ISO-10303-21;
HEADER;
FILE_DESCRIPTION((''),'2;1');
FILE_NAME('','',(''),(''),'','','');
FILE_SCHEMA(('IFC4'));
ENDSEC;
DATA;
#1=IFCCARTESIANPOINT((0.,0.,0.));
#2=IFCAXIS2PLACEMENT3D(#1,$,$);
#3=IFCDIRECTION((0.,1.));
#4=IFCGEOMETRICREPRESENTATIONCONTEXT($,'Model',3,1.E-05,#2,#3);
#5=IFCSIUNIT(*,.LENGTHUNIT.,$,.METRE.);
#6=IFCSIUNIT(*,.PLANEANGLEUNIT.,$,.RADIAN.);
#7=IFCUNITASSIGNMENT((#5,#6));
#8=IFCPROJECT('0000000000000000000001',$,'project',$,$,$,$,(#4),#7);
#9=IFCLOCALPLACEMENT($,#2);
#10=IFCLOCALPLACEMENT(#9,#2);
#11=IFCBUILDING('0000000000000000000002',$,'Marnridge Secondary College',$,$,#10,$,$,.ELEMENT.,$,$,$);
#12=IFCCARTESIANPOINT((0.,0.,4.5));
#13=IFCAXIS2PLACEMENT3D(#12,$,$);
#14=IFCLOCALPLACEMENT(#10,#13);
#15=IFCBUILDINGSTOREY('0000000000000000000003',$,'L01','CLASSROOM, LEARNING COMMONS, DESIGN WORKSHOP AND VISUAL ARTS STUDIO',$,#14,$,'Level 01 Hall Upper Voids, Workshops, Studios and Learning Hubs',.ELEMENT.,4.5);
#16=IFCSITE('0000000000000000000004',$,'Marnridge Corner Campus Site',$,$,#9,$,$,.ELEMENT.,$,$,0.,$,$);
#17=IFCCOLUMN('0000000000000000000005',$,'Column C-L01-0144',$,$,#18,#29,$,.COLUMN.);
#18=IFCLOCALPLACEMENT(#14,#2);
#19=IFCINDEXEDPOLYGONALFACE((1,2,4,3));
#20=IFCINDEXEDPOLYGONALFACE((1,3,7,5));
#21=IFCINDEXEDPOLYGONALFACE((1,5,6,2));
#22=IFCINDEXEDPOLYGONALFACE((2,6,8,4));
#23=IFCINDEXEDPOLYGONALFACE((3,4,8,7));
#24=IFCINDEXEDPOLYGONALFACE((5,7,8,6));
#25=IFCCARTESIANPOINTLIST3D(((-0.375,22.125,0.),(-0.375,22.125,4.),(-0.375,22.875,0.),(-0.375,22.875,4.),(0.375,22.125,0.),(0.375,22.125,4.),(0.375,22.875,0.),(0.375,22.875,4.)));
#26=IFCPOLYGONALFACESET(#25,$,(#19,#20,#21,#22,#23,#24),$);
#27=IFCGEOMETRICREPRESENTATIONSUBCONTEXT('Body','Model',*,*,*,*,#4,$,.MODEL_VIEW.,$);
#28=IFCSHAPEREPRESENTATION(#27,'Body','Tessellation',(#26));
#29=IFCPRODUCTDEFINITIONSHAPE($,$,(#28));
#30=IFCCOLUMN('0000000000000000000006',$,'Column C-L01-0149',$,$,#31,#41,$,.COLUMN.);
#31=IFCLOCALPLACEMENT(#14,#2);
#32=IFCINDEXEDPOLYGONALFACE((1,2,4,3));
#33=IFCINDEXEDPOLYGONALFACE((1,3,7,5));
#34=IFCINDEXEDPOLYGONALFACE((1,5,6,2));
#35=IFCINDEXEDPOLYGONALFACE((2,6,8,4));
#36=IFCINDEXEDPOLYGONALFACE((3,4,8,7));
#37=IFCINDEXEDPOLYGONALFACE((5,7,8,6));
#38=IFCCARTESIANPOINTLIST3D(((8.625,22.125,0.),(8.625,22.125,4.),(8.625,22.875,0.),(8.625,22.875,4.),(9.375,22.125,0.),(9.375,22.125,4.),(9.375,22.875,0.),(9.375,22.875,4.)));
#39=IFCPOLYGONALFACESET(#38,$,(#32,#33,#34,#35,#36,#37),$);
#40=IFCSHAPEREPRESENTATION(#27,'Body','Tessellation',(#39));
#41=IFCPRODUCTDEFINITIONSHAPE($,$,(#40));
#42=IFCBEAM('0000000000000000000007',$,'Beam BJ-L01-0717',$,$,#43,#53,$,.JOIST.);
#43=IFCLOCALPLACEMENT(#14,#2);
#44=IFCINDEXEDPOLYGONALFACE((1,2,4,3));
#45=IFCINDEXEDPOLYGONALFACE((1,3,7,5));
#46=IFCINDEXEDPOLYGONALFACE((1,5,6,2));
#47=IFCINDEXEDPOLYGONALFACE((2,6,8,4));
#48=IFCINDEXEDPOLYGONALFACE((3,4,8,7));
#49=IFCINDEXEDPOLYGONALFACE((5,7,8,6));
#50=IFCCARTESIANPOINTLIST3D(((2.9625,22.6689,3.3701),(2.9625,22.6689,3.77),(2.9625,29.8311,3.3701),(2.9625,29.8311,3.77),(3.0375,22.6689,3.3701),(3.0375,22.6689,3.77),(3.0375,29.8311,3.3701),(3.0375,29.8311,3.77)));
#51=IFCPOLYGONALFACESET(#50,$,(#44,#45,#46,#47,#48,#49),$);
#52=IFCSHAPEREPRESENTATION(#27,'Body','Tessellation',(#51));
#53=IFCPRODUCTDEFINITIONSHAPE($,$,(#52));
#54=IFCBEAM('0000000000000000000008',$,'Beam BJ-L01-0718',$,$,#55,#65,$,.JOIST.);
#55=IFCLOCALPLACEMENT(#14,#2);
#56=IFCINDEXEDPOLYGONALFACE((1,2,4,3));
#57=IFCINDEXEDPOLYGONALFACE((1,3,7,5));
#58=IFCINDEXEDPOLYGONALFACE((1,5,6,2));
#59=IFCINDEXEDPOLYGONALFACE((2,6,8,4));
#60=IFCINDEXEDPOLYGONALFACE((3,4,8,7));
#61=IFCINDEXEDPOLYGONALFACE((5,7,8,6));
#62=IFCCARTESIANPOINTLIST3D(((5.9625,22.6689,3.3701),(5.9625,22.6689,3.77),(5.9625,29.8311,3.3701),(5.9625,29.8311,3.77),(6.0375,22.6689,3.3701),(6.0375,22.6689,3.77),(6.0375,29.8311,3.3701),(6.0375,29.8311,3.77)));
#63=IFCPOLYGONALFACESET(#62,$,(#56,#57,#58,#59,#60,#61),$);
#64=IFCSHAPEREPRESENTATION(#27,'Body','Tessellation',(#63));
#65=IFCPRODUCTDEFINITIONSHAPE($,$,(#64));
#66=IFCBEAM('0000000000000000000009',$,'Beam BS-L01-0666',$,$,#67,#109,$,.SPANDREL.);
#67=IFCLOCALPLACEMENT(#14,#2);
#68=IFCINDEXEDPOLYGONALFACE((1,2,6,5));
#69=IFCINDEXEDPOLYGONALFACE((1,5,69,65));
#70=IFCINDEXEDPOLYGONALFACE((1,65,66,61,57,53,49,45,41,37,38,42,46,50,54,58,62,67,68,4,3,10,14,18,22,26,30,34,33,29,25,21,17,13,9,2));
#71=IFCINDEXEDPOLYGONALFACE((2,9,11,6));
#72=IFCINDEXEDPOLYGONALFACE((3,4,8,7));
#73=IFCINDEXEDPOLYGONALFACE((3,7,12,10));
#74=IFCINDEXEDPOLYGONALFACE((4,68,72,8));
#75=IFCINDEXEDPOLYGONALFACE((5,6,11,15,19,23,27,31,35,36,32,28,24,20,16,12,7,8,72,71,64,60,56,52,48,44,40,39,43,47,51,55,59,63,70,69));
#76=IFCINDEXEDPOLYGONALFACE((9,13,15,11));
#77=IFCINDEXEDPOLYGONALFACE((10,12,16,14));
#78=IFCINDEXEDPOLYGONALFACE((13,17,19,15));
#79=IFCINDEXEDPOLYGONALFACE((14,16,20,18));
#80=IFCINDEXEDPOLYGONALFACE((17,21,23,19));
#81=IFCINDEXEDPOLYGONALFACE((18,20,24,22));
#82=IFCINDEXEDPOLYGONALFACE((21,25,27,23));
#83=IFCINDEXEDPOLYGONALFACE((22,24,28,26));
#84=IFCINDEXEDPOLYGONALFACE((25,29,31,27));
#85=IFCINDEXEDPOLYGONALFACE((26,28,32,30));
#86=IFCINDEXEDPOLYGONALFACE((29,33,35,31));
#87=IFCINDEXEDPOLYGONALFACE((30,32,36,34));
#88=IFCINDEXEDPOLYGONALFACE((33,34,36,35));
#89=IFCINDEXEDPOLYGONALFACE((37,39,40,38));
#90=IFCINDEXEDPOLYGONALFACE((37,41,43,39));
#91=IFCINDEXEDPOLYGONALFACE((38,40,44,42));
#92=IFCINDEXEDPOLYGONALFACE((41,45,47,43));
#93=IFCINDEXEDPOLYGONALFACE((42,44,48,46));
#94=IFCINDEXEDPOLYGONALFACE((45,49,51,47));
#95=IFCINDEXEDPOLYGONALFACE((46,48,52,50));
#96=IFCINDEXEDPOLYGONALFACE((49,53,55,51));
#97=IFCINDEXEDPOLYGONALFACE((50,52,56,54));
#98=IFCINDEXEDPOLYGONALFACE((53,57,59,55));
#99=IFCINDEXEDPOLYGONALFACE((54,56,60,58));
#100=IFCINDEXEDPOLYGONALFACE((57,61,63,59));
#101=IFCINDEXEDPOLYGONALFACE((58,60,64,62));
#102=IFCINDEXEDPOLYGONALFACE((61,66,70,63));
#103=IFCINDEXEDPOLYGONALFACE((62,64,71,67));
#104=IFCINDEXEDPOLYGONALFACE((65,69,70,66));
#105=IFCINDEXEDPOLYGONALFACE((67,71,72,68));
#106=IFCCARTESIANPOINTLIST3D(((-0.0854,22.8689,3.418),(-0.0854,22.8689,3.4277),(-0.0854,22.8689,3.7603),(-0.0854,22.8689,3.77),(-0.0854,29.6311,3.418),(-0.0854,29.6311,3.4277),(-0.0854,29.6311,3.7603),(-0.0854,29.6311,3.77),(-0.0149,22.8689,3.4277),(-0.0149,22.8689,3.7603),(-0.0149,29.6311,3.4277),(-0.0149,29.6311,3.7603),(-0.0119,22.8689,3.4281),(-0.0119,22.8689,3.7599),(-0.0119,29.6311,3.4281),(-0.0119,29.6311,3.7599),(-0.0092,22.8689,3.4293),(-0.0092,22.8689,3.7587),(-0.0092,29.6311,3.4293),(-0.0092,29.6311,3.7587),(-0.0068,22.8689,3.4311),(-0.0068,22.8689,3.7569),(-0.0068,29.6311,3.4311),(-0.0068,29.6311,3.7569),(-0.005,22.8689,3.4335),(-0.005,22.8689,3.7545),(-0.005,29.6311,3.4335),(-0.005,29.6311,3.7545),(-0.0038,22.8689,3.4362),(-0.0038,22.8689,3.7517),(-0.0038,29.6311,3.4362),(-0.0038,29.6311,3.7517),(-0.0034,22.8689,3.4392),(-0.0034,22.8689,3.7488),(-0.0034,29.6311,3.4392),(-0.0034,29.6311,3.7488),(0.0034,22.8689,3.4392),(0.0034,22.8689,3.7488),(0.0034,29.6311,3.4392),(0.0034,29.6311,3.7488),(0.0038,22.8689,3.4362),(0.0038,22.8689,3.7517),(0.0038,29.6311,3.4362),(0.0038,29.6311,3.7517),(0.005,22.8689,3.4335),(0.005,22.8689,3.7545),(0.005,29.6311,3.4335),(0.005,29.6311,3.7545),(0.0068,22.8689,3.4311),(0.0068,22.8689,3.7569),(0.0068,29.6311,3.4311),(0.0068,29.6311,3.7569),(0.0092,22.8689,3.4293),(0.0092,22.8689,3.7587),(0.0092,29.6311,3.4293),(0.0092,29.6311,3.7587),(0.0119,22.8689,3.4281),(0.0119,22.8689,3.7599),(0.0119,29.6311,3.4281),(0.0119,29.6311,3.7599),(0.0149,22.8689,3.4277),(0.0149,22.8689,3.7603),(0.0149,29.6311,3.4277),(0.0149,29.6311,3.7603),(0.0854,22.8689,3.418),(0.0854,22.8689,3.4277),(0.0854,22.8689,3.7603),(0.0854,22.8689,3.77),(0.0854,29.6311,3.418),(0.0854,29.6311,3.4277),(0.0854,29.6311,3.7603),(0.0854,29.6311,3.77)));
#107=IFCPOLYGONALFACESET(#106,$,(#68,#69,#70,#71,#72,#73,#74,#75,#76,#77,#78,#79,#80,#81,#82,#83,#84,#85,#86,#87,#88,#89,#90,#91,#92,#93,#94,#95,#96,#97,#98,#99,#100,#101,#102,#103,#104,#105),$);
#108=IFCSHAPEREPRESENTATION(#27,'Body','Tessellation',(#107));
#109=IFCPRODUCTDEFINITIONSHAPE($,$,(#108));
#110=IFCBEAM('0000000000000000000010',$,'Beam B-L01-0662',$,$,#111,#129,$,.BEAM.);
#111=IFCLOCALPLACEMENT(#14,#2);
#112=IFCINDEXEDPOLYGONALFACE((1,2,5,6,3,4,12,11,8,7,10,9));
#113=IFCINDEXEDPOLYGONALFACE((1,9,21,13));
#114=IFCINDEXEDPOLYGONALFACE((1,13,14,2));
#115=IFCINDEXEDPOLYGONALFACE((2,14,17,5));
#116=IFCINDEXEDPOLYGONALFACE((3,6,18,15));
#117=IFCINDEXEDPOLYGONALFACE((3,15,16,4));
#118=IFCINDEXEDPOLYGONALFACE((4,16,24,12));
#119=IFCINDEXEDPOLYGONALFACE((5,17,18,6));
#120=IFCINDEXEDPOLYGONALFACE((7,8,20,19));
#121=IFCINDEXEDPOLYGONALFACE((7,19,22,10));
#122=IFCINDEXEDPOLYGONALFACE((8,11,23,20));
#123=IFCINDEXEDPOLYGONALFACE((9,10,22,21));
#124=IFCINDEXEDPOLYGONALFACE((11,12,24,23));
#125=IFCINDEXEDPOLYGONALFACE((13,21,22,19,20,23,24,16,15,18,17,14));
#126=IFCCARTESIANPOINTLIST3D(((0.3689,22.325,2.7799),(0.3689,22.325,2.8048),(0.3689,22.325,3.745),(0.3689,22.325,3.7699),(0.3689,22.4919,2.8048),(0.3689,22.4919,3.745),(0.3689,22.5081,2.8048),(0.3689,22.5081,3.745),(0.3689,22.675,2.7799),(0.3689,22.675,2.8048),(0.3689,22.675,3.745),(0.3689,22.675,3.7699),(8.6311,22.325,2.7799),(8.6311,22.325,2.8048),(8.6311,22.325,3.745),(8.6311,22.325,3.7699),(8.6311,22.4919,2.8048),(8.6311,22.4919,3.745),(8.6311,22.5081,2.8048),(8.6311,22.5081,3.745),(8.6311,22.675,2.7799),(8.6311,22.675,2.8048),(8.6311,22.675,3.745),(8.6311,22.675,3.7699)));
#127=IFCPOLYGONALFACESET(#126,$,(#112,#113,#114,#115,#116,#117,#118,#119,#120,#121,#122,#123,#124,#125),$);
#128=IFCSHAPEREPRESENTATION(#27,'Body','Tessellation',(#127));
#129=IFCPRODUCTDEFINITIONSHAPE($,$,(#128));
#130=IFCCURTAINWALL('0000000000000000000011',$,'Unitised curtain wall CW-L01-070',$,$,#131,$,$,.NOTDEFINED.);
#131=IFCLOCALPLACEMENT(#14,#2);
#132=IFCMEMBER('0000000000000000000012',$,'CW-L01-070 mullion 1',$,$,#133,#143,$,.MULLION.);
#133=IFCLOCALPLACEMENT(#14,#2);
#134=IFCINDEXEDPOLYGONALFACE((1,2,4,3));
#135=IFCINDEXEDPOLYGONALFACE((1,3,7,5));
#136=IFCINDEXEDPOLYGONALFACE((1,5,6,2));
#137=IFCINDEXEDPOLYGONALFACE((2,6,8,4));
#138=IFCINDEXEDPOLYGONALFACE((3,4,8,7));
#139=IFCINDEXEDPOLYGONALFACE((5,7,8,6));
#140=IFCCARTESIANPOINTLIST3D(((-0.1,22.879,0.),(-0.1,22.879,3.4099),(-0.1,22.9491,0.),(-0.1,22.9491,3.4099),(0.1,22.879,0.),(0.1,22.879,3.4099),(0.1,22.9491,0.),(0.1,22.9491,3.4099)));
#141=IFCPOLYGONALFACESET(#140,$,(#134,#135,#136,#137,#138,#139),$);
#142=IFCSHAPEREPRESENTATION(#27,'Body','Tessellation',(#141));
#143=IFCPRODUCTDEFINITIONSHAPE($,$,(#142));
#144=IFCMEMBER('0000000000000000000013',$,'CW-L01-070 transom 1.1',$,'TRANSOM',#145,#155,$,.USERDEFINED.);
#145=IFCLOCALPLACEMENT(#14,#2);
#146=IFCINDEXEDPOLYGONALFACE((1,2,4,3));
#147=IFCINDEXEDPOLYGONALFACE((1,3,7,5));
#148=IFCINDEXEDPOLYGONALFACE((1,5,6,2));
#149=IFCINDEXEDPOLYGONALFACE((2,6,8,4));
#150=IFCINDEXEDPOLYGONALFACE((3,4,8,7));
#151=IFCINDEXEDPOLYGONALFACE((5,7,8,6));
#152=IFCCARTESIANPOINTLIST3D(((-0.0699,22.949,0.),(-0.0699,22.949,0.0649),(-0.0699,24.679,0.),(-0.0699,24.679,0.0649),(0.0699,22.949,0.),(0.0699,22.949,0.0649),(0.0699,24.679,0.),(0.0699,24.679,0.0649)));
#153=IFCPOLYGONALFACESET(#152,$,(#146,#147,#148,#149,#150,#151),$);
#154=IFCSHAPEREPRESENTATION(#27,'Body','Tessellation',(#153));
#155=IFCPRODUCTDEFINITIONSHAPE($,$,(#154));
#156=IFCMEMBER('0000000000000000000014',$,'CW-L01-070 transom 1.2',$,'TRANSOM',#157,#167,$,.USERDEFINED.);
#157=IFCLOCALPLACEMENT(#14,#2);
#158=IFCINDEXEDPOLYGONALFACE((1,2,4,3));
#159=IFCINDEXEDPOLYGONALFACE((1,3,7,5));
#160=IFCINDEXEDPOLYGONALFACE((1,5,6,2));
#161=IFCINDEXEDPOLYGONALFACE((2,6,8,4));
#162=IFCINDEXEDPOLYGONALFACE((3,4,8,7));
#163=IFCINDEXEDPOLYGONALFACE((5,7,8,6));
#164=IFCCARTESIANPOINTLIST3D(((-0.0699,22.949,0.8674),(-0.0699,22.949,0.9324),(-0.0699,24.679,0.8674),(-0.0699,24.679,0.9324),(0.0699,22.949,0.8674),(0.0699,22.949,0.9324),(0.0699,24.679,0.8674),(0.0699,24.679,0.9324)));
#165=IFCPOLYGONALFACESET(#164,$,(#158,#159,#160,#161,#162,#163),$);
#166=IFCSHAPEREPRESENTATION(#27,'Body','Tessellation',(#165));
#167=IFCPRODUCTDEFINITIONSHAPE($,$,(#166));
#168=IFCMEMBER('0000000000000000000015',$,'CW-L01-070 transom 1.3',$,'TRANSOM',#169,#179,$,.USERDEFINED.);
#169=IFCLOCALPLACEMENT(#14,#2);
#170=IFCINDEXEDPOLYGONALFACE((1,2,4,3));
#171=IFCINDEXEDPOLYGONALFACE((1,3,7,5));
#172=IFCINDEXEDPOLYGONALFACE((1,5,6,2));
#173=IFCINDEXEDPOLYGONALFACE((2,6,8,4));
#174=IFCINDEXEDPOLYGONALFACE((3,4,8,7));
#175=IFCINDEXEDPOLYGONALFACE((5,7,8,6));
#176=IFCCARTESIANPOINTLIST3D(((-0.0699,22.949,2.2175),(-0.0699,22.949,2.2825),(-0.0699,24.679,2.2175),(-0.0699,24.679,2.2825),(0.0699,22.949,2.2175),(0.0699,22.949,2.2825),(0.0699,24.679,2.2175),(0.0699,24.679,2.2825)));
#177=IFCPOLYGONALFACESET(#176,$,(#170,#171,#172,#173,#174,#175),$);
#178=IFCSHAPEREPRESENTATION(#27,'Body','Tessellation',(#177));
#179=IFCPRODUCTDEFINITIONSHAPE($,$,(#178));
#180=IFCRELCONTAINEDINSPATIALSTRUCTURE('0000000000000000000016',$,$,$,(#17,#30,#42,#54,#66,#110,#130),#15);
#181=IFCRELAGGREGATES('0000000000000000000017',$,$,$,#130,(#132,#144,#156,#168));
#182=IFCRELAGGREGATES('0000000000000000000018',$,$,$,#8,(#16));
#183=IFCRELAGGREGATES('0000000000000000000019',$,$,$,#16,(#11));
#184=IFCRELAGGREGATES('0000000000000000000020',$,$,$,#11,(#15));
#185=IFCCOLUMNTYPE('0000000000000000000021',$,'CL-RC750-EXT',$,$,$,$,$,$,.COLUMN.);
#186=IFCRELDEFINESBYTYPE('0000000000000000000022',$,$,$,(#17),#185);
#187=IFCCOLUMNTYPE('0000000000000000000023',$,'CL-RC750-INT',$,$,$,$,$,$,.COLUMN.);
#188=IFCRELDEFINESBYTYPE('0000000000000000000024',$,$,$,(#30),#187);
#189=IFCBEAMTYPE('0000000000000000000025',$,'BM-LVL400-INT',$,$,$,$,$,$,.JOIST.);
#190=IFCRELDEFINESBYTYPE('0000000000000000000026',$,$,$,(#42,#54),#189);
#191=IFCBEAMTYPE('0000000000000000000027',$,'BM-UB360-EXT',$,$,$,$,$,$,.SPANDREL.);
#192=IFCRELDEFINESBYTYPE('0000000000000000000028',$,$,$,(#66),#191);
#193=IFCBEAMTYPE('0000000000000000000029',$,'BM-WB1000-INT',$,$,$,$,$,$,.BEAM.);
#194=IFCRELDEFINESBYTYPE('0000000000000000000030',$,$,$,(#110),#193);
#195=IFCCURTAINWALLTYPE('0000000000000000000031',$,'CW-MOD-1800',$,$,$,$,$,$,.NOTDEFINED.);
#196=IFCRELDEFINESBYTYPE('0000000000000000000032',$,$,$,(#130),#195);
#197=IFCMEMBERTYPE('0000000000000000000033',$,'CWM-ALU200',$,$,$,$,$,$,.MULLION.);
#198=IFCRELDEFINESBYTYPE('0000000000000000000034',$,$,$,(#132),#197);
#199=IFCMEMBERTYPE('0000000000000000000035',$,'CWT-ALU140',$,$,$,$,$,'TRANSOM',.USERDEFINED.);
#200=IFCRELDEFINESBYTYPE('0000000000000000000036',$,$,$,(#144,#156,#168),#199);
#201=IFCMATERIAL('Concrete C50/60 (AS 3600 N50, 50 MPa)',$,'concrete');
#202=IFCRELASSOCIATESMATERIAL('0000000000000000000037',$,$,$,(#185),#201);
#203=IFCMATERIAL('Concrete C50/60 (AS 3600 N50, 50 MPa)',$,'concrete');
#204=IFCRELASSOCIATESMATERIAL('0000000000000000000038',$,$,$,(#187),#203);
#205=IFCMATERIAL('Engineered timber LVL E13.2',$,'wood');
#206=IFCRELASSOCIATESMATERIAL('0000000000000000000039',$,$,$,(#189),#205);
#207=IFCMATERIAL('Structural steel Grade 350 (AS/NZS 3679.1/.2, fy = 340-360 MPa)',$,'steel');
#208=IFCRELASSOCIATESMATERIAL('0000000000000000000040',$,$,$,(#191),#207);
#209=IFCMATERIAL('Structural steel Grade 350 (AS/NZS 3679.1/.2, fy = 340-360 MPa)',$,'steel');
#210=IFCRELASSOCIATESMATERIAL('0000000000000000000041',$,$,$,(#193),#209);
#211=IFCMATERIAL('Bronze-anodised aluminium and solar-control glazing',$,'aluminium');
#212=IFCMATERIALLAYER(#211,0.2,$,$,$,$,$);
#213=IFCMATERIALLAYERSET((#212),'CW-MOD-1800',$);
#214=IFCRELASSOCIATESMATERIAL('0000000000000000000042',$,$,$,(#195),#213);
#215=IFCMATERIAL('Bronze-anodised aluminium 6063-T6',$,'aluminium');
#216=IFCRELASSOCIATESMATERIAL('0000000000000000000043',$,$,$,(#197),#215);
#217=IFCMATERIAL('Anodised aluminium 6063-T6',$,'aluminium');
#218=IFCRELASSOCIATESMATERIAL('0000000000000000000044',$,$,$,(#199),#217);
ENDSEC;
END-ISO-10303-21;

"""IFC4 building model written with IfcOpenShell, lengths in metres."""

from ifc_helpers import new_model, si_unit, direction, frame, origin, origin_2d, place, context, subcontext, project, spatial, rectangle, i_section, extrude, material, layer, layer_set, material_profile, profile_set, type_object, element, aggregate, save


model = new_model("IFC4")

# Units and contexts
model_context = context("Model", 3, precision=1e-05, world=origin(), true_north=direction((0.0, 1.0)))
body_context = subcontext(model_context, "Body", "Model", "MODEL_VIEW")
ifc_project = project(units=[si_unit("LENGTHUNIT", "METRE"), si_unit("PLANEANGLEUNIT", "RADIAN")], contexts=[model_context])

# Site, building, storey
site_placement = place(None, origin())
site = spatial("IfcSite", under=ifc_project, at=site_placement, Name="Marnridge Corner Campus Site", CompositionType="ELEMENT", RefElevation=0.0)
building_placement = place(site_placement, origin())
building = spatial("IfcBuilding", under=site, at=building_placement, Name="Marnridge Secondary College", CompositionType="ELEMENT")
storey_placement = place(building_placement, frame((0.0, 0.0, 4.5)))
storey = spatial("IfcBuildingStorey", under=building, at=storey_placement, Name="L01", Description="CLASSROOM, LEARNING COMMONS, DESIGN WORKSHOP AND VISUAL ARTS STUDIO", LongName="Level 01 Hall Upper Voids, Workshops, Studios and Learning Hubs", CompositionType="ELEMENT", Elevation=4.5)

# Columns
ifc_material_1 = material(Name="Concrete C50/60 (AS 3600 N50, 50 MPa)", Category="concrete")
ifc_material_profile_1 = material_profile(ifc_material_1, rectangle(XDim=0.75, YDim=0.75, at=origin_2d()), Name="RC 750x750")
ifc_profile_set_1 = profile_set([ifc_material_profile_1], Name="Concrete C50/60 (AS 3600 N50, 50 MPa)")
column_type_1 = type_object("IfcColumnType", Name="CL-RC750-EXT", PredefinedType="COLUMN", material=ifc_profile_set_1)
column_1_placement = place(storey_placement, frame((0.0, 22.5, 0.0), z_axis=(0.0, 0.0, 1.0), x_axis=(1.0, 0.0, 0.0)))
element("IfcColumn", 1, at=column_1_placement, inside=storey, type_object=column_type_1, Name="Column C-L01-0144", PredefinedType="COLUMN", context=body_context, shape_type="SweptSolid", body=[
    extrude(rectangle(XDim=0.75, YDim=0.75, at=origin_2d()), origin(), (0.0, 0.0, 1.0), 4.0),
])
ifc_material_2 = material(Name="Concrete C50/60 (AS 3600 N50, 50 MPa)", Category="concrete")
ifc_material_profile_2 = material_profile(ifc_material_2, rectangle(XDim=0.75, YDim=0.75, at=origin_2d()), Name="RC 750x750")
ifc_profile_set_2 = profile_set([ifc_material_profile_2], Name="Concrete C50/60 (AS 3600 N50, 50 MPa)")
column_type_2 = type_object("IfcColumnType", Name="CL-RC750-INT", PredefinedType="COLUMN", material=ifc_profile_set_2)
column_2_placement = place(storey_placement, frame((9.0, 22.5, 0.0), z_axis=(0.0, 0.0, 1.0), x_axis=(1.0, 0.0, 0.0)))
element("IfcColumn", 2, at=column_2_placement, inside=storey, type_object=column_type_2, Name="Column C-L01-0149", PredefinedType="COLUMN", context=body_context, shape_type="SweptSolid", body=[
    extrude(rectangle(XDim=0.75, YDim=0.75, at=origin_2d()), origin(), (0.0, 0.0, 1.0), 4.0),
])

# Beams
ifc_material_3 = material(Name="Engineered timber LVL E13.2", Category="wood")
ifc_material_profile_3 = material_profile(ifc_material_3, rectangle(XDim=0.075, YDim=0.3999, at=origin_2d()), Name="LVL 75x400")
ifc_profile_set_3 = profile_set([ifc_material_profile_3], Name="Engineered timber LVL E13.2")
beam_type_1 = type_object("IfcBeamType", Name="BM-LVL400-INT", PredefinedType="JOIST", material=ifc_profile_set_3)
for number, where, z_axis, x_axis, name in (
    (3, (3.0, 22.6689, 3.5701), (0.0, 1.0, 0.0), (-1.0, 0.0, 0.0), "Beam BJ-L01-0717"),
    (4, (6.0, 22.6689, 3.5701), (0.0, 1.0, 0.0), (-1.0, 0.0, 0.0), "Beam BJ-L01-0718"),
):
    element("IfcBeam", number, at=place(storey_placement, frame(where, z_axis=z_axis, x_axis=x_axis)), inside=storey, type_object=beam_type_1, Name=name, PredefinedType="JOIST", context=body_context, shape_type="SweptSolid", body=[
        extrude(rectangle(XDim=0.075, YDim=0.3999, at=origin_2d()), origin(), (0.0, 0.0, 1.0), 7.1621),
    ])
ifc_material_4 = material(Name="Structural steel Grade 350 (AS/NZS 3679.1/.2, fy = 340-360 MPa)", Category="steel")
ifc_material_profile_4 = material_profile(ifc_material_4, i_section(OverallWidth=0.1709, OverallDepth=0.3521, WebThickness=0.0068, FlangeThickness=0.0098, FilletRadius=0.0115, at=origin_2d()), Name="360UB44.7")
ifc_profile_set_4 = profile_set([ifc_material_profile_4], Name="Structural steel Grade 350 (AS/NZS 3679.1/.2, fy = 340-360 MPa)")
beam_type_2 = type_object("IfcBeamType", Name="BM-UB360-EXT", PredefinedType="SPANDREL", material=ifc_profile_set_4)
beam_1_placement = place(storey_placement, frame((0.0, 22.8689, 3.594), z_axis=(0.0, 1.0, 0.0), x_axis=(-1.0, 0.0, 0.0)))
element("IfcBeam", 5, at=beam_1_placement, inside=storey, type_object=beam_type_2, Name="Beam BS-L01-0666", PredefinedType="SPANDREL", context=body_context, shape_type="SweptSolid", body=[
    extrude(i_section(OverallWidth=0.1709, OverallDepth=0.3521, WebThickness=0.0068, FlangeThickness=0.0098, FilletRadius=0.0115, at=origin_2d()), origin(), (0.0, 0.0, 1.0), 6.7622),
])
ifc_material_5 = material(Name="Structural steel Grade 350 (AS/NZS 3679.1/.2, fy = 340-360 MPa)", Category="steel")
ifc_material_profile_5 = material_profile(ifc_material_5, i_section(OverallWidth=0.3501, OverallDepth=0.99, WebThickness=0.0161, FlangeThickness=0.0249, at=origin_2d()), Name="1000WB258")
ifc_profile_set_5 = profile_set([ifc_material_profile_5], Name="Structural steel Grade 350 (AS/NZS 3679.1/.2, fy = 340-360 MPa)")
beam_type_3 = type_object("IfcBeamType", Name="BM-WB1000-INT", PredefinedType="BEAM", material=ifc_profile_set_5)
beam_2_placement = place(storey_placement, frame((0.3689, 22.5, 3.2749), z_axis=(1.0, 0.0, 0.0), x_axis=(0.0, 1.0, 0.0)))
element("IfcBeam", 6, at=beam_2_placement, inside=storey, type_object=beam_type_3, Name="Beam B-L01-0662", PredefinedType="BEAM", context=body_context, shape_type="SweptSolid", body=[
    extrude(i_section(OverallWidth=0.3501, OverallDepth=0.99, WebThickness=0.0161, FlangeThickness=0.0249, at=origin_2d()), origin(), (0.0, 0.0, 1.0), 8.2622),
])

# Curtain wall, members
ifc_material_6 = material(Name="Bronze-anodised aluminium and solar-control glazing", Category="aluminium")
ifc_layer_1 = layer(ifc_material_6, 0.2)
ifc_layer_set_1 = layer_set([ifc_layer_1], Name="CW-MOD-1800")
curtain_wall_type = type_object("IfcCurtainWallType", Name="CW-MOD-1800", PredefinedType="NOTDEFINED", material=ifc_layer_set_1)
curtain_wall_placement = place(storey_placement, origin())
curtain_wall = element("IfcCurtainWall", 7, at=curtain_wall_placement, inside=storey, type_object=curtain_wall_type, Name="Unitised curtain wall CW-L01-070", PredefinedType="NOTDEFINED")
ifc_material_7 = material(Name="Bronze-anodised aluminium 6063-T6", Category="aluminium")
ifc_material_profile_6 = material_profile(ifc_material_7, rectangle(XDim=0.0701, YDim=0.2, at=origin_2d()), Name="ALU 70x200")
ifc_profile_set_6 = profile_set([ifc_material_profile_6], Name="Bronze-anodised aluminium 6063-T6")
member_type_1 = type_object("IfcMemberType", Name="CWM-ALU200", PredefinedType="MULLION", material=ifc_profile_set_6)
member_1_placement = place(storey_placement, frame((0.0, 22.9141, 0.0), z_axis=(0.0, 0.0, 1.0), x_axis=(0.0, 1.0, 0.0)))
member_1 = element("IfcMember", 8, at=member_1_placement, type_object=member_type_1, Name="CW-L01-070 mullion 1", PredefinedType="MULLION", context=body_context, shape_type="SweptSolid", body=[
    extrude(rectangle(XDim=0.0701, YDim=0.2, at=origin_2d()), origin(), (0.0, 0.0, 1.0), 3.4099),
])
ifc_material_8 = material(Name="Anodised aluminium 6063-T6", Category="aluminium")
ifc_material_profile_7 = material_profile(ifc_material_8, rectangle(XDim=0.0649, YDim=0.1399, at=origin_2d()), Name="ALU 65x140")
ifc_profile_set_7 = profile_set([ifc_material_profile_7], Name="Anodised aluminium 6063-T6")
member_type_2 = type_object("IfcMemberType", Name="CWT-ALU140", ElementType="TRANSOM", PredefinedType="USERDEFINED", material=ifc_profile_set_7)
member_2_placement = place(storey_placement, frame((0.0, 22.949, 0.0325), z_axis=(0.0, 1.0, 0.0), x_axis=(0.0, 0.0, 1.0)))
member_2 = element("IfcMember", 9, at=member_2_placement, type_object=member_type_2, Name="CW-L01-070 transom 1.1", ObjectType="TRANSOM", PredefinedType="USERDEFINED", context=body_context, shape_type="SweptSolid", body=[
    extrude(rectangle(XDim=0.0649, YDim=0.1399, at=origin_2d()), origin(), (0.0, 0.0, 1.0), 1.73),
])
member_3_placement = place(storey_placement, frame((0.0, 22.949, 0.8999), z_axis=(0.0, 1.0, 0.0), x_axis=(0.0, 0.0, 1.0)))
member_3 = element("IfcMember", 10, at=member_3_placement, type_object=member_type_2, Name="CW-L01-070 transom 1.2", ObjectType="TRANSOM", PredefinedType="USERDEFINED", context=body_context, shape_type="SweptSolid", body=[
    extrude(rectangle(XDim=0.0649, YDim=0.1399, at=origin_2d()), origin(), (0.0, 0.0, 1.0), 1.73),
])
member_4_placement = place(storey_placement, frame((0.0, 22.949, 2.25), z_axis=(0.0, 1.0, 0.0), x_axis=(0.0, 0.0, 1.0)))
member_4 = element("IfcMember", 11, at=member_4_placement, type_object=member_type_2, Name="CW-L01-070 transom 1.3", ObjectType="TRANSOM", PredefinedType="USERDEFINED", context=body_context, shape_type="SweptSolid", body=[
    extrude(rectangle(XDim=0.0649, YDim=0.1399, at=origin_2d()), origin(), (0.0, 0.0, 1.0), 1.73),
])
aggregate(curtain_wall, [member_1, member_2, member_3, member_4])

save(model, "model.ifc")
